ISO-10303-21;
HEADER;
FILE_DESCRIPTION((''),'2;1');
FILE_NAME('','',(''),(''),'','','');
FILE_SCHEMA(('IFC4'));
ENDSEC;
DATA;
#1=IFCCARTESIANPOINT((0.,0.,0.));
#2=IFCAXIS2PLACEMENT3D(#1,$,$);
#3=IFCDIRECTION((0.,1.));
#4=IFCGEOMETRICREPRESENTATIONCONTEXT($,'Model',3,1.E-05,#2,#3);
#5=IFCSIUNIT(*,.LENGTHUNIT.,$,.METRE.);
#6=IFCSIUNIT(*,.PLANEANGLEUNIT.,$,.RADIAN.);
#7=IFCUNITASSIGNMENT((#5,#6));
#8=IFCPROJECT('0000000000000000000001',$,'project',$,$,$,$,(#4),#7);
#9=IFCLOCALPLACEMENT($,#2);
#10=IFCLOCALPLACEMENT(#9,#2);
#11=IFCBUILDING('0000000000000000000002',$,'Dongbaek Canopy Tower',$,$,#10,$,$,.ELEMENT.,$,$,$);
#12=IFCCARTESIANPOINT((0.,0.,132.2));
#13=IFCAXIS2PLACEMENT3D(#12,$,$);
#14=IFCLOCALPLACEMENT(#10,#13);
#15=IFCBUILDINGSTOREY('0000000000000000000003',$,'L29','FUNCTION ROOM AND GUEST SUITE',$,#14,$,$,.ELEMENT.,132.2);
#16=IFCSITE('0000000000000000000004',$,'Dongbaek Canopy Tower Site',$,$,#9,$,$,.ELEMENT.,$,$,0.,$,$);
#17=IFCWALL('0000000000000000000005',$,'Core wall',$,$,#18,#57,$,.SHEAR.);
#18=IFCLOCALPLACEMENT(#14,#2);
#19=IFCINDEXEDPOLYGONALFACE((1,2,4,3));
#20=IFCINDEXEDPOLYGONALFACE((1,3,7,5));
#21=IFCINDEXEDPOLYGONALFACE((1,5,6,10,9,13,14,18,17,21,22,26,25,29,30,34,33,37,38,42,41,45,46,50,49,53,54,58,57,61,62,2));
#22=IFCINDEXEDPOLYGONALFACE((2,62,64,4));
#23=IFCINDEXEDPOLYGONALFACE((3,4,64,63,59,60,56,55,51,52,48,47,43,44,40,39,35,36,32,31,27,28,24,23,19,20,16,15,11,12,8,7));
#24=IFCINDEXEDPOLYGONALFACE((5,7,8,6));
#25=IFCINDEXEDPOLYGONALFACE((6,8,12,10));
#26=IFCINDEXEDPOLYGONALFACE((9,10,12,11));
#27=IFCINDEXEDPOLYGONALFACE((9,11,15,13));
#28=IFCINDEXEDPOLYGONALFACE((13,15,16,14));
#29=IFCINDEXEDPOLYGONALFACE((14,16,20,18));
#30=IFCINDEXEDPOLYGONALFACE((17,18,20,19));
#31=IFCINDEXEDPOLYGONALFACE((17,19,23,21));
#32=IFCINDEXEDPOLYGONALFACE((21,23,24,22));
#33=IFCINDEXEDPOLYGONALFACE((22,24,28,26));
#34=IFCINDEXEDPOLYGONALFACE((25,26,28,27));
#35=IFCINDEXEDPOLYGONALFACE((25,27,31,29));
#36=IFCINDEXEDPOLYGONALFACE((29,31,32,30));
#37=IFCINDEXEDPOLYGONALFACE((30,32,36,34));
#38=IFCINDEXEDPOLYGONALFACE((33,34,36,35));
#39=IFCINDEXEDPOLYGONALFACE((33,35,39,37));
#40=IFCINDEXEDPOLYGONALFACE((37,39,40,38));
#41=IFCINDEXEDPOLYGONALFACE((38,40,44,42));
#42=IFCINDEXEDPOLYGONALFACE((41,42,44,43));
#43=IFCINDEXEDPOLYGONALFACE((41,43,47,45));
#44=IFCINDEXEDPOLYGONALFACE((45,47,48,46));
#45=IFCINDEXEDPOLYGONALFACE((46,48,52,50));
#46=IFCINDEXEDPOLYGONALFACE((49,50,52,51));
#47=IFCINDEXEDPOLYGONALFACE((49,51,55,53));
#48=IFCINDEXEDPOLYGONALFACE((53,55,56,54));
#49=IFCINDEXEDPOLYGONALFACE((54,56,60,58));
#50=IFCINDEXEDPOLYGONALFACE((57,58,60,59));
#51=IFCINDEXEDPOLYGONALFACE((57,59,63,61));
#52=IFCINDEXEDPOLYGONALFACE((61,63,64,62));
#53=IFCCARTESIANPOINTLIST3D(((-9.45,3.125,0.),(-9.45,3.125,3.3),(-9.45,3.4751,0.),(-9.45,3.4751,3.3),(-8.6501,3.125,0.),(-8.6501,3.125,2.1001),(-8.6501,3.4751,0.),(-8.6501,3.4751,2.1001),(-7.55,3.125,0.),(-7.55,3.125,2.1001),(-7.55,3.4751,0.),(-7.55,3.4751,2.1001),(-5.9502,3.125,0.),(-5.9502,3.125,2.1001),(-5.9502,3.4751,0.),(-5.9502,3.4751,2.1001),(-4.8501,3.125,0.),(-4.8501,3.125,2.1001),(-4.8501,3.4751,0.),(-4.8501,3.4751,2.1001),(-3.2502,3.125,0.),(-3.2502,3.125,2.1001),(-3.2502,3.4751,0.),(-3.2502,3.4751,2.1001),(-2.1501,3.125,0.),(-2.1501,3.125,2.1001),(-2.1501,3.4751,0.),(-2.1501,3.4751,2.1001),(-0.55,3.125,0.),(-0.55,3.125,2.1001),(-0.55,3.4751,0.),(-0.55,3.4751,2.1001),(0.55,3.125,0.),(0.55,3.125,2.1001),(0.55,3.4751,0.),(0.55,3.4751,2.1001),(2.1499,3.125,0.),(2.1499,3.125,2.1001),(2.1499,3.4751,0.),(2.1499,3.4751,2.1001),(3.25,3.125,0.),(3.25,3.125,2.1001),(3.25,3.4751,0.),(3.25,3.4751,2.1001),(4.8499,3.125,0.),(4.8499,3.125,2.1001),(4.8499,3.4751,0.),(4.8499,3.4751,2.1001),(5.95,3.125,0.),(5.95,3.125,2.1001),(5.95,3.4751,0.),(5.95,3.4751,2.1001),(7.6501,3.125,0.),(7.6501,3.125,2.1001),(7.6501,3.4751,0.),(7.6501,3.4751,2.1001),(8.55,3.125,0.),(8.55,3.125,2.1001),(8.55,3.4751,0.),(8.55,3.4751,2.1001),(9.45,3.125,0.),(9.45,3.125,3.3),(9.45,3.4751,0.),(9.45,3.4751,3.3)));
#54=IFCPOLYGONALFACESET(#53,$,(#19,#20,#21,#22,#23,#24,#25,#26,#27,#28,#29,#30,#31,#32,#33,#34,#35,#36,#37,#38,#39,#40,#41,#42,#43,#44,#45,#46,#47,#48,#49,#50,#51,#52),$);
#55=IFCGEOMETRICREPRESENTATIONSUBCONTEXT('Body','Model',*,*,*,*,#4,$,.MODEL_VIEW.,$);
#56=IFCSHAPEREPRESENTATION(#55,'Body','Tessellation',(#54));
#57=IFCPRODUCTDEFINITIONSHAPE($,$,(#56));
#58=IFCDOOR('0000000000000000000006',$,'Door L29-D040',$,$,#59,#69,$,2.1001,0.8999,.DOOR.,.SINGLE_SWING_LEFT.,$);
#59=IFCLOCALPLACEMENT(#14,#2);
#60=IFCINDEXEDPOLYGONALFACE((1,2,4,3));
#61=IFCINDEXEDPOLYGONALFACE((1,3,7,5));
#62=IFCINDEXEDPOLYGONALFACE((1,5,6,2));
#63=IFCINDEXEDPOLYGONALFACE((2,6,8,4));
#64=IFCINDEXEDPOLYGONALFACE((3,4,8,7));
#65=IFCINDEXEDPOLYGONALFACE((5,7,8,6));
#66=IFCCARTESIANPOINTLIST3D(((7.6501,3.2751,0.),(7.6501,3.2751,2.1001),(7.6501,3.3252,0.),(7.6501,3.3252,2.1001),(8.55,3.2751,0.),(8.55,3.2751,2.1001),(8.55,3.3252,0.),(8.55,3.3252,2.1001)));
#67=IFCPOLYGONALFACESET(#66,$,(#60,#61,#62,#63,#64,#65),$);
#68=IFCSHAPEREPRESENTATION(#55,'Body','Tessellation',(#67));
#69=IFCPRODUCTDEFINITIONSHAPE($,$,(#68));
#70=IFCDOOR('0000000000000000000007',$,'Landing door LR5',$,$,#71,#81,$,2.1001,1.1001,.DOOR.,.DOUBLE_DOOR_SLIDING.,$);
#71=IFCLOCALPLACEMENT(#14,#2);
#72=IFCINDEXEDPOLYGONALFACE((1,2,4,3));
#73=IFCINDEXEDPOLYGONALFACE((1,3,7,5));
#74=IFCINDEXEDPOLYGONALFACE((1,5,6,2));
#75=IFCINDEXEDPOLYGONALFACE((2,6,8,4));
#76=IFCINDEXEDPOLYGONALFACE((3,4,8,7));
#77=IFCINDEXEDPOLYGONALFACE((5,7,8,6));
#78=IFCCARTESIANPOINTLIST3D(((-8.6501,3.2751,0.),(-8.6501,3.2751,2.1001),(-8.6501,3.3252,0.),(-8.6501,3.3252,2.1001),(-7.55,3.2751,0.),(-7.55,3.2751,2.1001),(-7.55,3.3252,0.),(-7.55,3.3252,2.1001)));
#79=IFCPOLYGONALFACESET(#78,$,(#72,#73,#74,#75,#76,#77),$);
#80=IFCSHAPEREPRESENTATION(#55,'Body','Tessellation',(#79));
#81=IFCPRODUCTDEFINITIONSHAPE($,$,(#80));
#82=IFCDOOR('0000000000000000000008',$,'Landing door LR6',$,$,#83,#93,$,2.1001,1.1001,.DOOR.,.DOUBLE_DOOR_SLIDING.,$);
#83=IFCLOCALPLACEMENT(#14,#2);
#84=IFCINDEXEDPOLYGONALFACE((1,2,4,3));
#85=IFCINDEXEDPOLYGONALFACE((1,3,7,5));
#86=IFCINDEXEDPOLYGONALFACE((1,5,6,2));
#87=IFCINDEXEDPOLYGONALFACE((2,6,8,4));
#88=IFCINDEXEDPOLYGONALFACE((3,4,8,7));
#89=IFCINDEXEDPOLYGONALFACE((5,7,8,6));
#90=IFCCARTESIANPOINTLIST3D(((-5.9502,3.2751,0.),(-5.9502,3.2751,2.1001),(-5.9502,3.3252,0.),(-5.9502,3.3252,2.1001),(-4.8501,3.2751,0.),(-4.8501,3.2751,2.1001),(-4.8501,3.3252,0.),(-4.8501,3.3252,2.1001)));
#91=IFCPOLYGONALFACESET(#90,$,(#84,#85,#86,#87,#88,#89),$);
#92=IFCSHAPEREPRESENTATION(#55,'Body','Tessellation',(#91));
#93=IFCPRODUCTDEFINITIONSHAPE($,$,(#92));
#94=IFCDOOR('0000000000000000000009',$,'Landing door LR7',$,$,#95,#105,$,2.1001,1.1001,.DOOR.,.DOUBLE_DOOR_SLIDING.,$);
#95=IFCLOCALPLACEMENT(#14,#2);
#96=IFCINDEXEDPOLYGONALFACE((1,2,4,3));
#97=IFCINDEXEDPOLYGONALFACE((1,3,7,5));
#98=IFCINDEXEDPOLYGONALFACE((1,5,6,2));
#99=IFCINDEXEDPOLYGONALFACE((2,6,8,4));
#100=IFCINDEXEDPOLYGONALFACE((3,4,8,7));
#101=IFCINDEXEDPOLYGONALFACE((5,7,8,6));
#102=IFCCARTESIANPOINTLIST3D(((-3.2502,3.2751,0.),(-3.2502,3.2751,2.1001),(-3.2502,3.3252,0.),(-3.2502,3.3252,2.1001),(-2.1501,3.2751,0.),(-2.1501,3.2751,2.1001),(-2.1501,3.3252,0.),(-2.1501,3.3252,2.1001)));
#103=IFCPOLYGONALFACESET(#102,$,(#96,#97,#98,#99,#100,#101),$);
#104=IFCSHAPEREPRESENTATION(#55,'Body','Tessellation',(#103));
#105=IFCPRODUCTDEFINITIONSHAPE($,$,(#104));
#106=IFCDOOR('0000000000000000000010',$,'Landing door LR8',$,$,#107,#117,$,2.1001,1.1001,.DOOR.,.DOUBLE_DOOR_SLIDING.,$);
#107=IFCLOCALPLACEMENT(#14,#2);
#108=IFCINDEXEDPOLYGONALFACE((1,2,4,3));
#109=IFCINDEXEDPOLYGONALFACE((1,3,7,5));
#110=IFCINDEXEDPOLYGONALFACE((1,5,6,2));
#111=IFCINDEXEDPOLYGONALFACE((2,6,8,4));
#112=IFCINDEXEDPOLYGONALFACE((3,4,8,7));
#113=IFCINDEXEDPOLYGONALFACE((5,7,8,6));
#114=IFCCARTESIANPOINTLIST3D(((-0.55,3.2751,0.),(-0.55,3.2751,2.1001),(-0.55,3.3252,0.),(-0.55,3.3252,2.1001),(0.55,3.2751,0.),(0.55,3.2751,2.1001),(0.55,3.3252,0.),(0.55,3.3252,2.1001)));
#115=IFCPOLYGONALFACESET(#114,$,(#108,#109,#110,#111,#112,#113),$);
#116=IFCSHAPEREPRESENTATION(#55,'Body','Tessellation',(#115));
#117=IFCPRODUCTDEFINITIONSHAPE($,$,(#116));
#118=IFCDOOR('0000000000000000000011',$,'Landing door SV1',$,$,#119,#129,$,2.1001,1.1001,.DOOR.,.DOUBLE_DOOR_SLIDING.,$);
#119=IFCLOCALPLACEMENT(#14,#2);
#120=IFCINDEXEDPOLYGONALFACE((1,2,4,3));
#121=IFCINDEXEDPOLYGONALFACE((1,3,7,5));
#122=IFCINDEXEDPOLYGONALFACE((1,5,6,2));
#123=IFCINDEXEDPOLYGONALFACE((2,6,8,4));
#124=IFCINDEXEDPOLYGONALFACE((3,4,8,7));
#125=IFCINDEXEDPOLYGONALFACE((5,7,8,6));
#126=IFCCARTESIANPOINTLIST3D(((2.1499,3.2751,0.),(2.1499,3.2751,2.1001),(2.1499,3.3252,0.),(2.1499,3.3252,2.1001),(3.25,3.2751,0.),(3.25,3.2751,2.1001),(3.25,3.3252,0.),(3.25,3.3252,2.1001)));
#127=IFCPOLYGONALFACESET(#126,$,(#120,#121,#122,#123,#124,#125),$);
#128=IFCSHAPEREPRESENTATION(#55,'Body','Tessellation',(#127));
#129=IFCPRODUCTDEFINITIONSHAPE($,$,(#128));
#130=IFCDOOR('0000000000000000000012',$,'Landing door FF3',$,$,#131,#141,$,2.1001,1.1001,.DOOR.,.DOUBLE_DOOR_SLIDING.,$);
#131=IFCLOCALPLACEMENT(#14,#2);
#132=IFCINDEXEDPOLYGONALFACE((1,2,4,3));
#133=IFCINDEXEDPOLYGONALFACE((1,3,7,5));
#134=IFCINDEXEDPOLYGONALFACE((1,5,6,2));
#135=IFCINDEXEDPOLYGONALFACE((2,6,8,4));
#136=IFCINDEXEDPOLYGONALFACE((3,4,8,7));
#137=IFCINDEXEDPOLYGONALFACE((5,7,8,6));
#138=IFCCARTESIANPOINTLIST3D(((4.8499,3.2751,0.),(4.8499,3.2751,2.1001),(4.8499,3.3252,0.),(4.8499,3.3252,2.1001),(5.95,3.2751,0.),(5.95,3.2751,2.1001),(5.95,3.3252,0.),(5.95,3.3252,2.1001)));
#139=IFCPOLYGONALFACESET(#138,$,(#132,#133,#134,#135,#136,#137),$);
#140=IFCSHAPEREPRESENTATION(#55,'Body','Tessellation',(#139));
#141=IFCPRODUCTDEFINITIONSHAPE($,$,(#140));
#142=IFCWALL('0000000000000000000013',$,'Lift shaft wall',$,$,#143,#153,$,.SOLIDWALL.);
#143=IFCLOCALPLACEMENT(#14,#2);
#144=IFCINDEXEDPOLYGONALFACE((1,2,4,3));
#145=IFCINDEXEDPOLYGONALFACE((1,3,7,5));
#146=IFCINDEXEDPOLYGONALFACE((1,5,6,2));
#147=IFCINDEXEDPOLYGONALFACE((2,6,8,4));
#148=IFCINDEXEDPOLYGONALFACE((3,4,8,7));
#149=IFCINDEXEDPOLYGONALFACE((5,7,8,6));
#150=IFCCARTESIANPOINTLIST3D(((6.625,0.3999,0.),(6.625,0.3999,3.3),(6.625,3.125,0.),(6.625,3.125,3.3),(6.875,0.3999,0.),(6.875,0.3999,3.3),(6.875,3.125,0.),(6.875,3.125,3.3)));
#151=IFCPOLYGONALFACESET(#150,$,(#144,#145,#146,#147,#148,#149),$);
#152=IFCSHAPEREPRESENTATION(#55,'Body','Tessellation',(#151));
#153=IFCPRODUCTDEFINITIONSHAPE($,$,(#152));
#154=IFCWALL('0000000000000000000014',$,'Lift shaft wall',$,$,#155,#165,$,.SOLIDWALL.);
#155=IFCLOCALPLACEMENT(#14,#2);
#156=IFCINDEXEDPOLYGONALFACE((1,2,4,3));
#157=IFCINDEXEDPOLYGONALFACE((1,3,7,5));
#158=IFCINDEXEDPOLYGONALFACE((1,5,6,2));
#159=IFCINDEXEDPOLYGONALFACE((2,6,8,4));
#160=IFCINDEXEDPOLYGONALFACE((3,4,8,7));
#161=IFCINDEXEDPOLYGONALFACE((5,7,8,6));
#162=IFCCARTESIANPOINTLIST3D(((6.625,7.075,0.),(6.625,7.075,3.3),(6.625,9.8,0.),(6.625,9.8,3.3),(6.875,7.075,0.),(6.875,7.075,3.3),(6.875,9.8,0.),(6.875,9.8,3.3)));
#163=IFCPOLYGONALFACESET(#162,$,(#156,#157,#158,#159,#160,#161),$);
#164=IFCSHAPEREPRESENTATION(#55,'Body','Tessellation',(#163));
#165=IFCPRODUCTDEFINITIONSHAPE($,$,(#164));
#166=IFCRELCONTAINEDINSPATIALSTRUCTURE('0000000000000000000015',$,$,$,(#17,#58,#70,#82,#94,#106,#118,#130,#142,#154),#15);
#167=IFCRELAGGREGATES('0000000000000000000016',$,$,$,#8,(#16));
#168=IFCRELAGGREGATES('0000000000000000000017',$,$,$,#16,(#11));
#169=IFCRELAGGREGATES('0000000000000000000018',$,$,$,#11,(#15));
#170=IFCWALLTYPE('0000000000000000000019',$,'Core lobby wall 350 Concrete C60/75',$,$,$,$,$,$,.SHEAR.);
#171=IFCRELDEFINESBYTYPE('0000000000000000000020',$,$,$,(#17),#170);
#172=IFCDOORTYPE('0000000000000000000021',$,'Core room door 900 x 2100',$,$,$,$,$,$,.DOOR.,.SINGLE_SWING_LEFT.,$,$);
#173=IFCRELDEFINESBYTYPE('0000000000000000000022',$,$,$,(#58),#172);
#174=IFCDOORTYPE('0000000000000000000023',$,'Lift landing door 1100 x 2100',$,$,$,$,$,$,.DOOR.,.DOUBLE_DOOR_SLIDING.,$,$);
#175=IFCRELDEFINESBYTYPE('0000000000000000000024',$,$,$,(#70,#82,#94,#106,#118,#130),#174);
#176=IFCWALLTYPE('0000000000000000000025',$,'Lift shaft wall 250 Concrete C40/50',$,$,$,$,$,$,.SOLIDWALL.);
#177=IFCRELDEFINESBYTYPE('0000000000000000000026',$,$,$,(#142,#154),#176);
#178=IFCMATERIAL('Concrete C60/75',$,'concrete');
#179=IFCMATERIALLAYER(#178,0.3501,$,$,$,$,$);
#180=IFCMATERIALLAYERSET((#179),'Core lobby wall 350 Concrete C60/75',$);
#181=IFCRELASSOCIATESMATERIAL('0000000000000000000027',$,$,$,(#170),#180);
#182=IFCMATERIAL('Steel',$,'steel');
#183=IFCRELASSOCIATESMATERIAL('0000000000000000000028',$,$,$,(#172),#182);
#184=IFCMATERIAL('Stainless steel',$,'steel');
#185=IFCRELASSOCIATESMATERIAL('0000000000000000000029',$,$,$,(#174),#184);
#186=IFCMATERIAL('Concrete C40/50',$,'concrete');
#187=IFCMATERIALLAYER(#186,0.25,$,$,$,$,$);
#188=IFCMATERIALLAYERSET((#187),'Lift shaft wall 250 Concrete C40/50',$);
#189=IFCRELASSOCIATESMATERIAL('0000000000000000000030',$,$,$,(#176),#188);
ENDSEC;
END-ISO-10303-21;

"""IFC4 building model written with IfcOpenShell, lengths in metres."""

from ifc_helpers import new_model, si_unit, direction, frame, frame_2d, origin, place, context, subcontext, project, spatial, rectangle, extrude, material, layer, layer_set, type_object, element, fill, save


model = new_model("IFC4")

# Units and contexts
model_context = context("Model", 3, precision=1e-05, world=origin(), true_north=direction((0.0, 1.0)))
body_context = subcontext(model_context, "Body", "Model", "MODEL_VIEW")
ifc_project = project(units=[si_unit("LENGTHUNIT", "METRE"), si_unit("PLANEANGLEUNIT", "RADIAN")], contexts=[model_context])

# Site, building, storey
site_placement = place(None, origin())
site = spatial("IfcSite", under=ifc_project, at=site_placement, Name="Dongbaek Canopy Tower Site", CompositionType="ELEMENT", RefElevation=0.0)
building_placement = place(site_placement, origin())
building = spatial("IfcBuilding", under=site, at=building_placement, Name="Dongbaek Canopy Tower", CompositionType="ELEMENT")
storey_placement = place(building_placement, frame((0.0, 0.0, 132.2)))
storey = spatial("IfcBuildingStorey", under=building, at=storey_placement, Name="L29", Description="FUNCTION ROOM AND GUEST SUITE", CompositionType="ELEMENT", Elevation=132.2)

# Wall, openings, doors
ifc_material_1 = material(Name="Concrete C60/75", Category="concrete")
ifc_layer_1 = layer(ifc_material_1, 0.3501)
ifc_layer_set_1 = layer_set([ifc_layer_1], Name="Core lobby wall 350 Concrete C60/75")
wall_type_1 = type_object("IfcWallType", Name="Core lobby wall 350 Concrete C60/75", PredefinedType="SHEAR", material=ifc_layer_set_1)
wall_1_placement = place(storey_placement, frame((9.45, 3.3, 0.0), z_axis=(0.0, 0.0, 1.0), x_axis=(-1.0, 0.0, 0.0)))
wall_1 = element("IfcWall", 1, at=wall_1_placement, inside=storey, type_object=wall_type_1, Name="Core wall", PredefinedType="SHEAR", context=body_context, shape_type="SweptSolid", body=[
    extrude(rectangle(XDim=18.8999, YDim=0.3501, at=frame_2d((9.45, 0.0))), origin(), (0.0, 0.0, 1.0), 3.3),
])
opening_1_placement = place(wall_1_placement, frame((17.0, 0.0, 0.0)))
opening_1 = element("IfcOpeningElement", 2, at=opening_1_placement, cuts=wall_1, PredefinedType="OPENING", context=body_context, shape_type="SweptSolid", body=[
    extrude(rectangle(XDim=1.1001, YDim=2.1001, at=frame_2d((0.55, 1.05))), frame((0.0, 0.1851, 0.0), z_axis=(0.0, -1.0, 0.0), x_axis=(1.0, 0.0, 0.0)), (0.0, 0.0, 1.0), 0.3701),
])
opening_2_placement = place(wall_1_placement, frame((14.3, 0.0, 0.0)))
opening_2 = element("IfcOpeningElement", 3, at=opening_2_placement, cuts=wall_1, PredefinedType="OPENING", context=body_context, shape_type="SweptSolid", body=[
    extrude(rectangle(XDim=1.1001, YDim=2.1001, at=frame_2d((0.55, 1.05))), frame((0.0, 0.1851, 0.0), z_axis=(0.0, -1.0, 0.0), x_axis=(1.0, 0.0, 0.0)), (0.0, 0.0, 1.0), 0.3701),
])
opening_3_placement = place(wall_1_placement, frame((11.6001, 0.0, 0.0)))
opening_3 = element("IfcOpeningElement", 4, at=opening_3_placement, cuts=wall_1, PredefinedType="OPENING", context=body_context, shape_type="SweptSolid", body=[
    extrude(rectangle(XDim=1.1001, YDim=2.1001, at=frame_2d((0.55, 1.05))), frame((0.0, 0.1851, 0.0), z_axis=(0.0, -1.0, 0.0), x_axis=(1.0, 0.0, 0.0)), (0.0, 0.0, 1.0), 0.3701),
])
opening_4_placement = place(wall_1_placement, frame((8.8999, 0.0, 0.0)))
opening_4 = element("IfcOpeningElement", 5, at=opening_4_placement, cuts=wall_1, PredefinedType="OPENING", context=body_context, shape_type="SweptSolid", body=[
    extrude(rectangle(XDim=1.1001, YDim=2.1001, at=frame_2d((0.55, 1.05))), frame((0.0, 0.1851, 0.0), z_axis=(0.0, -1.0, 0.0), x_axis=(1.0, 0.0, 0.0)), (0.0, 0.0, 1.0), 0.3701),
])
opening_5_placement = place(wall_1_placement, frame((6.2, 0.0, 0.0)))
opening_5 = element("IfcOpeningElement", 6, at=opening_5_placement, cuts=wall_1, PredefinedType="OPENING", context=body_context, shape_type="SweptSolid", body=[
    extrude(rectangle(XDim=1.1001, YDim=2.1001, at=frame_2d((0.55, 1.05))), frame((0.0, 0.1851, 0.0), z_axis=(0.0, -1.0, 0.0), x_axis=(1.0, 0.0, 0.0)), (0.0, 0.0, 1.0), 0.3701),
])
opening_6_placement = place(wall_1_placement, frame((3.5, 0.0, 0.0)))
opening_6 = element("IfcOpeningElement", 7, at=opening_6_placement, cuts=wall_1, PredefinedType="OPENING", context=body_context, shape_type="SweptSolid", body=[
    extrude(rectangle(XDim=1.1001, YDim=2.1001, at=frame_2d((0.55, 1.05))), frame((0.0, 0.1851, 0.0), z_axis=(0.0, -1.0, 0.0), x_axis=(1.0, 0.0, 0.0)), (0.0, 0.0, 1.0), 0.3701),
])
opening_7_placement = place(wall_1_placement, frame((0.8999, 0.0, 0.0)))
opening_7 = element("IfcOpeningElement", 8, at=opening_7_placement, cuts=wall_1, PredefinedType="OPENING", context=body_context, shape_type="SweptSolid", body=[
    extrude(rectangle(XDim=0.8999, YDim=2.1001, at=frame_2d((0.45, 1.05))), frame((0.0, 0.1851, 0.0), z_axis=(0.0, -1.0, 0.0), x_axis=(1.0, 0.0, 0.0)), (0.0, 0.0, 1.0), 0.3701),
])
ifc_material_2 = material(Name="Steel", Category="steel")
door_type_1 = type_object("IfcDoorType", Name="Core room door 900 x 2100", OperationType="SINGLE_SWING_LEFT", PredefinedType="DOOR", material=ifc_material_2)
door_1_placement = place(opening_7_placement, origin())
door_1 = element("IfcDoor", 9, at=door_1_placement, inside=storey, type_object=door_type_1, Name="Door L29-D040", OperationType="SINGLE_SWING_LEFT", OverallHeight=2.1001, OverallWidth=0.8999, PredefinedType="DOOR", context=body_context, shape_type="SweptSolid", body=[
    extrude(rectangle(XDim=0.8999, YDim=2.1001, at=frame_2d((0.45, 1.05))), frame((0.0, 0.0249, 0.0), z_axis=(0.0, -1.0, 0.0), x_axis=(1.0, 0.0, 0.0)), (0.0, 0.0, 1.0), 0.05),
])
fill(opening_7, door_1)
ifc_material_3 = material(Name="Stainless steel", Category="steel")
door_type_2 = type_object("IfcDoorType", Name="Lift landing door 1100 x 2100", OperationType="DOUBLE_DOOR_SLIDING", PredefinedType="DOOR", material=ifc_material_3)
door_2_placement = place(opening_1_placement, origin())
door_2 = element("IfcDoor", 10, at=door_2_placement, inside=storey, type_object=door_type_2, Name="Landing door LR5", OperationType="DOUBLE_DOOR_SLIDING", OverallHeight=2.1001, OverallWidth=1.1001, PredefinedType="DOOR", context=body_context, shape_type="SweptSolid", body=[
    extrude(rectangle(XDim=1.1001, YDim=2.1001, at=frame_2d((0.55, 1.05))), frame((0.0, 0.0249, 0.0), z_axis=(0.0, -1.0, 0.0), x_axis=(1.0, 0.0, 0.0)), (0.0, 0.0, 1.0), 0.05),
])
fill(opening_1, door_2)
door_3_placement = place(opening_2_placement, origin())
door_3 = element("IfcDoor", 11, at=door_3_placement, inside=storey, type_object=door_type_2, Name="Landing door LR6", OperationType="DOUBLE_DOOR_SLIDING", OverallHeight=2.1001, OverallWidth=1.1001, PredefinedType="DOOR", context=body_context, shape_type="SweptSolid", body=[
    extrude(rectangle(XDim=1.1001, YDim=2.1001, at=frame_2d((0.55, 1.05))), frame((0.0, 0.0249, 0.0), z_axis=(0.0, -1.0, 0.0), x_axis=(1.0, 0.0, 0.0)), (0.0, 0.0, 1.0), 0.05),
])
fill(opening_2, door_3)
door_4_placement = place(opening_3_placement, origin())
door_4 = element("IfcDoor", 12, at=door_4_placement, inside=storey, type_object=door_type_2, Name="Landing door LR7", OperationType="DOUBLE_DOOR_SLIDING", OverallHeight=2.1001, OverallWidth=1.1001, PredefinedType="DOOR", context=body_context, shape_type="SweptSolid", body=[
    extrude(rectangle(XDim=1.1001, YDim=2.1001, at=frame_2d((0.55, 1.05))), frame((0.0, 0.0249, 0.0), z_axis=(0.0, -1.0, 0.0), x_axis=(1.0, 0.0, 0.0)), (0.0, 0.0, 1.0), 0.05),
])
fill(opening_3, door_4)
door_5_placement = place(opening_4_placement, origin())
door_5 = element("IfcDoor", 13, at=door_5_placement, inside=storey, type_object=door_type_2, Name="Landing door LR8", OperationType="DOUBLE_DOOR_SLIDING", OverallHeight=2.1001, OverallWidth=1.1001, PredefinedType="DOOR", context=body_context, shape_type="SweptSolid", body=[
    extrude(rectangle(XDim=1.1001, YDim=2.1001, at=frame_2d((0.55, 1.05))), frame((0.0, 0.0249, 0.0), z_axis=(0.0, -1.0, 0.0), x_axis=(1.0, 0.0, 0.0)), (0.0, 0.0, 1.0), 0.05),
])
fill(opening_4, door_5)
door_6_placement = place(opening_5_placement, origin())
door_6 = element("IfcDoor", 14, at=door_6_placement, inside=storey, type_object=door_type_2, Name="Landing door SV1", OperationType="DOUBLE_DOOR_SLIDING", OverallHeight=2.1001, OverallWidth=1.1001, PredefinedType="DOOR", context=body_context, shape_type="SweptSolid", body=[
    extrude(rectangle(XDim=1.1001, YDim=2.1001, at=frame_2d((0.55, 1.05))), frame((0.0, 0.0249, 0.0), z_axis=(0.0, -1.0, 0.0), x_axis=(1.0, 0.0, 0.0)), (0.0, 0.0, 1.0), 0.05),
])
fill(opening_5, door_6)
door_7_placement = place(opening_6_placement, origin())
door_7 = element("IfcDoor", 15, at=door_7_placement, inside=storey, type_object=door_type_2, Name="Landing door FF3", OperationType="DOUBLE_DOOR_SLIDING", OverallHeight=2.1001, OverallWidth=1.1001, PredefinedType="DOOR", context=body_context, shape_type="SweptSolid", body=[
    extrude(rectangle(XDim=1.1001, YDim=2.1001, at=frame_2d((0.55, 1.05))), frame((0.0, 0.0249, 0.0), z_axis=(0.0, -1.0, 0.0), x_axis=(1.0, 0.0, 0.0)), (0.0, 0.0, 1.0), 0.05),
])
fill(opening_6, door_7)

# Walls
ifc_material_4 = material(Name="Concrete C40/50", Category="concrete")
ifc_layer_2 = layer(ifc_material_4, 0.25)
ifc_layer_set_2 = layer_set([ifc_layer_2], Name="Lift shaft wall 250 Concrete C40/50")
wall_type_2 = type_object("IfcWallType", Name="Lift shaft wall 250 Concrete C40/50", PredefinedType="SOLIDWALL", material=ifc_layer_set_2)
for number, where, z_axis, x_axis, name in (
    (16, (6.75, 0.3999, 0.0), (0.0, 0.0, 1.0), (0.0, 1.0, 0.0), "Lift shaft wall"),
    (17, (6.75, 7.075, 0.0), (0.0, 0.0, 1.0), (0.0, 1.0, 0.0), "Lift shaft wall"),
):
    element("IfcWall", number, at=place(storey_placement, frame(where, z_axis=z_axis, x_axis=x_axis)), inside=storey, type_object=wall_type_2, Name=name, PredefinedType="SOLIDWALL", context=body_context, shape_type="SweptSolid", body=[
        extrude(rectangle(XDim=2.7251, YDim=0.25, at=frame_2d((1.3625, 0.0))), origin(), (0.0, 0.0, 1.0), 3.3),
    ])

save(model, "model.ifc")
